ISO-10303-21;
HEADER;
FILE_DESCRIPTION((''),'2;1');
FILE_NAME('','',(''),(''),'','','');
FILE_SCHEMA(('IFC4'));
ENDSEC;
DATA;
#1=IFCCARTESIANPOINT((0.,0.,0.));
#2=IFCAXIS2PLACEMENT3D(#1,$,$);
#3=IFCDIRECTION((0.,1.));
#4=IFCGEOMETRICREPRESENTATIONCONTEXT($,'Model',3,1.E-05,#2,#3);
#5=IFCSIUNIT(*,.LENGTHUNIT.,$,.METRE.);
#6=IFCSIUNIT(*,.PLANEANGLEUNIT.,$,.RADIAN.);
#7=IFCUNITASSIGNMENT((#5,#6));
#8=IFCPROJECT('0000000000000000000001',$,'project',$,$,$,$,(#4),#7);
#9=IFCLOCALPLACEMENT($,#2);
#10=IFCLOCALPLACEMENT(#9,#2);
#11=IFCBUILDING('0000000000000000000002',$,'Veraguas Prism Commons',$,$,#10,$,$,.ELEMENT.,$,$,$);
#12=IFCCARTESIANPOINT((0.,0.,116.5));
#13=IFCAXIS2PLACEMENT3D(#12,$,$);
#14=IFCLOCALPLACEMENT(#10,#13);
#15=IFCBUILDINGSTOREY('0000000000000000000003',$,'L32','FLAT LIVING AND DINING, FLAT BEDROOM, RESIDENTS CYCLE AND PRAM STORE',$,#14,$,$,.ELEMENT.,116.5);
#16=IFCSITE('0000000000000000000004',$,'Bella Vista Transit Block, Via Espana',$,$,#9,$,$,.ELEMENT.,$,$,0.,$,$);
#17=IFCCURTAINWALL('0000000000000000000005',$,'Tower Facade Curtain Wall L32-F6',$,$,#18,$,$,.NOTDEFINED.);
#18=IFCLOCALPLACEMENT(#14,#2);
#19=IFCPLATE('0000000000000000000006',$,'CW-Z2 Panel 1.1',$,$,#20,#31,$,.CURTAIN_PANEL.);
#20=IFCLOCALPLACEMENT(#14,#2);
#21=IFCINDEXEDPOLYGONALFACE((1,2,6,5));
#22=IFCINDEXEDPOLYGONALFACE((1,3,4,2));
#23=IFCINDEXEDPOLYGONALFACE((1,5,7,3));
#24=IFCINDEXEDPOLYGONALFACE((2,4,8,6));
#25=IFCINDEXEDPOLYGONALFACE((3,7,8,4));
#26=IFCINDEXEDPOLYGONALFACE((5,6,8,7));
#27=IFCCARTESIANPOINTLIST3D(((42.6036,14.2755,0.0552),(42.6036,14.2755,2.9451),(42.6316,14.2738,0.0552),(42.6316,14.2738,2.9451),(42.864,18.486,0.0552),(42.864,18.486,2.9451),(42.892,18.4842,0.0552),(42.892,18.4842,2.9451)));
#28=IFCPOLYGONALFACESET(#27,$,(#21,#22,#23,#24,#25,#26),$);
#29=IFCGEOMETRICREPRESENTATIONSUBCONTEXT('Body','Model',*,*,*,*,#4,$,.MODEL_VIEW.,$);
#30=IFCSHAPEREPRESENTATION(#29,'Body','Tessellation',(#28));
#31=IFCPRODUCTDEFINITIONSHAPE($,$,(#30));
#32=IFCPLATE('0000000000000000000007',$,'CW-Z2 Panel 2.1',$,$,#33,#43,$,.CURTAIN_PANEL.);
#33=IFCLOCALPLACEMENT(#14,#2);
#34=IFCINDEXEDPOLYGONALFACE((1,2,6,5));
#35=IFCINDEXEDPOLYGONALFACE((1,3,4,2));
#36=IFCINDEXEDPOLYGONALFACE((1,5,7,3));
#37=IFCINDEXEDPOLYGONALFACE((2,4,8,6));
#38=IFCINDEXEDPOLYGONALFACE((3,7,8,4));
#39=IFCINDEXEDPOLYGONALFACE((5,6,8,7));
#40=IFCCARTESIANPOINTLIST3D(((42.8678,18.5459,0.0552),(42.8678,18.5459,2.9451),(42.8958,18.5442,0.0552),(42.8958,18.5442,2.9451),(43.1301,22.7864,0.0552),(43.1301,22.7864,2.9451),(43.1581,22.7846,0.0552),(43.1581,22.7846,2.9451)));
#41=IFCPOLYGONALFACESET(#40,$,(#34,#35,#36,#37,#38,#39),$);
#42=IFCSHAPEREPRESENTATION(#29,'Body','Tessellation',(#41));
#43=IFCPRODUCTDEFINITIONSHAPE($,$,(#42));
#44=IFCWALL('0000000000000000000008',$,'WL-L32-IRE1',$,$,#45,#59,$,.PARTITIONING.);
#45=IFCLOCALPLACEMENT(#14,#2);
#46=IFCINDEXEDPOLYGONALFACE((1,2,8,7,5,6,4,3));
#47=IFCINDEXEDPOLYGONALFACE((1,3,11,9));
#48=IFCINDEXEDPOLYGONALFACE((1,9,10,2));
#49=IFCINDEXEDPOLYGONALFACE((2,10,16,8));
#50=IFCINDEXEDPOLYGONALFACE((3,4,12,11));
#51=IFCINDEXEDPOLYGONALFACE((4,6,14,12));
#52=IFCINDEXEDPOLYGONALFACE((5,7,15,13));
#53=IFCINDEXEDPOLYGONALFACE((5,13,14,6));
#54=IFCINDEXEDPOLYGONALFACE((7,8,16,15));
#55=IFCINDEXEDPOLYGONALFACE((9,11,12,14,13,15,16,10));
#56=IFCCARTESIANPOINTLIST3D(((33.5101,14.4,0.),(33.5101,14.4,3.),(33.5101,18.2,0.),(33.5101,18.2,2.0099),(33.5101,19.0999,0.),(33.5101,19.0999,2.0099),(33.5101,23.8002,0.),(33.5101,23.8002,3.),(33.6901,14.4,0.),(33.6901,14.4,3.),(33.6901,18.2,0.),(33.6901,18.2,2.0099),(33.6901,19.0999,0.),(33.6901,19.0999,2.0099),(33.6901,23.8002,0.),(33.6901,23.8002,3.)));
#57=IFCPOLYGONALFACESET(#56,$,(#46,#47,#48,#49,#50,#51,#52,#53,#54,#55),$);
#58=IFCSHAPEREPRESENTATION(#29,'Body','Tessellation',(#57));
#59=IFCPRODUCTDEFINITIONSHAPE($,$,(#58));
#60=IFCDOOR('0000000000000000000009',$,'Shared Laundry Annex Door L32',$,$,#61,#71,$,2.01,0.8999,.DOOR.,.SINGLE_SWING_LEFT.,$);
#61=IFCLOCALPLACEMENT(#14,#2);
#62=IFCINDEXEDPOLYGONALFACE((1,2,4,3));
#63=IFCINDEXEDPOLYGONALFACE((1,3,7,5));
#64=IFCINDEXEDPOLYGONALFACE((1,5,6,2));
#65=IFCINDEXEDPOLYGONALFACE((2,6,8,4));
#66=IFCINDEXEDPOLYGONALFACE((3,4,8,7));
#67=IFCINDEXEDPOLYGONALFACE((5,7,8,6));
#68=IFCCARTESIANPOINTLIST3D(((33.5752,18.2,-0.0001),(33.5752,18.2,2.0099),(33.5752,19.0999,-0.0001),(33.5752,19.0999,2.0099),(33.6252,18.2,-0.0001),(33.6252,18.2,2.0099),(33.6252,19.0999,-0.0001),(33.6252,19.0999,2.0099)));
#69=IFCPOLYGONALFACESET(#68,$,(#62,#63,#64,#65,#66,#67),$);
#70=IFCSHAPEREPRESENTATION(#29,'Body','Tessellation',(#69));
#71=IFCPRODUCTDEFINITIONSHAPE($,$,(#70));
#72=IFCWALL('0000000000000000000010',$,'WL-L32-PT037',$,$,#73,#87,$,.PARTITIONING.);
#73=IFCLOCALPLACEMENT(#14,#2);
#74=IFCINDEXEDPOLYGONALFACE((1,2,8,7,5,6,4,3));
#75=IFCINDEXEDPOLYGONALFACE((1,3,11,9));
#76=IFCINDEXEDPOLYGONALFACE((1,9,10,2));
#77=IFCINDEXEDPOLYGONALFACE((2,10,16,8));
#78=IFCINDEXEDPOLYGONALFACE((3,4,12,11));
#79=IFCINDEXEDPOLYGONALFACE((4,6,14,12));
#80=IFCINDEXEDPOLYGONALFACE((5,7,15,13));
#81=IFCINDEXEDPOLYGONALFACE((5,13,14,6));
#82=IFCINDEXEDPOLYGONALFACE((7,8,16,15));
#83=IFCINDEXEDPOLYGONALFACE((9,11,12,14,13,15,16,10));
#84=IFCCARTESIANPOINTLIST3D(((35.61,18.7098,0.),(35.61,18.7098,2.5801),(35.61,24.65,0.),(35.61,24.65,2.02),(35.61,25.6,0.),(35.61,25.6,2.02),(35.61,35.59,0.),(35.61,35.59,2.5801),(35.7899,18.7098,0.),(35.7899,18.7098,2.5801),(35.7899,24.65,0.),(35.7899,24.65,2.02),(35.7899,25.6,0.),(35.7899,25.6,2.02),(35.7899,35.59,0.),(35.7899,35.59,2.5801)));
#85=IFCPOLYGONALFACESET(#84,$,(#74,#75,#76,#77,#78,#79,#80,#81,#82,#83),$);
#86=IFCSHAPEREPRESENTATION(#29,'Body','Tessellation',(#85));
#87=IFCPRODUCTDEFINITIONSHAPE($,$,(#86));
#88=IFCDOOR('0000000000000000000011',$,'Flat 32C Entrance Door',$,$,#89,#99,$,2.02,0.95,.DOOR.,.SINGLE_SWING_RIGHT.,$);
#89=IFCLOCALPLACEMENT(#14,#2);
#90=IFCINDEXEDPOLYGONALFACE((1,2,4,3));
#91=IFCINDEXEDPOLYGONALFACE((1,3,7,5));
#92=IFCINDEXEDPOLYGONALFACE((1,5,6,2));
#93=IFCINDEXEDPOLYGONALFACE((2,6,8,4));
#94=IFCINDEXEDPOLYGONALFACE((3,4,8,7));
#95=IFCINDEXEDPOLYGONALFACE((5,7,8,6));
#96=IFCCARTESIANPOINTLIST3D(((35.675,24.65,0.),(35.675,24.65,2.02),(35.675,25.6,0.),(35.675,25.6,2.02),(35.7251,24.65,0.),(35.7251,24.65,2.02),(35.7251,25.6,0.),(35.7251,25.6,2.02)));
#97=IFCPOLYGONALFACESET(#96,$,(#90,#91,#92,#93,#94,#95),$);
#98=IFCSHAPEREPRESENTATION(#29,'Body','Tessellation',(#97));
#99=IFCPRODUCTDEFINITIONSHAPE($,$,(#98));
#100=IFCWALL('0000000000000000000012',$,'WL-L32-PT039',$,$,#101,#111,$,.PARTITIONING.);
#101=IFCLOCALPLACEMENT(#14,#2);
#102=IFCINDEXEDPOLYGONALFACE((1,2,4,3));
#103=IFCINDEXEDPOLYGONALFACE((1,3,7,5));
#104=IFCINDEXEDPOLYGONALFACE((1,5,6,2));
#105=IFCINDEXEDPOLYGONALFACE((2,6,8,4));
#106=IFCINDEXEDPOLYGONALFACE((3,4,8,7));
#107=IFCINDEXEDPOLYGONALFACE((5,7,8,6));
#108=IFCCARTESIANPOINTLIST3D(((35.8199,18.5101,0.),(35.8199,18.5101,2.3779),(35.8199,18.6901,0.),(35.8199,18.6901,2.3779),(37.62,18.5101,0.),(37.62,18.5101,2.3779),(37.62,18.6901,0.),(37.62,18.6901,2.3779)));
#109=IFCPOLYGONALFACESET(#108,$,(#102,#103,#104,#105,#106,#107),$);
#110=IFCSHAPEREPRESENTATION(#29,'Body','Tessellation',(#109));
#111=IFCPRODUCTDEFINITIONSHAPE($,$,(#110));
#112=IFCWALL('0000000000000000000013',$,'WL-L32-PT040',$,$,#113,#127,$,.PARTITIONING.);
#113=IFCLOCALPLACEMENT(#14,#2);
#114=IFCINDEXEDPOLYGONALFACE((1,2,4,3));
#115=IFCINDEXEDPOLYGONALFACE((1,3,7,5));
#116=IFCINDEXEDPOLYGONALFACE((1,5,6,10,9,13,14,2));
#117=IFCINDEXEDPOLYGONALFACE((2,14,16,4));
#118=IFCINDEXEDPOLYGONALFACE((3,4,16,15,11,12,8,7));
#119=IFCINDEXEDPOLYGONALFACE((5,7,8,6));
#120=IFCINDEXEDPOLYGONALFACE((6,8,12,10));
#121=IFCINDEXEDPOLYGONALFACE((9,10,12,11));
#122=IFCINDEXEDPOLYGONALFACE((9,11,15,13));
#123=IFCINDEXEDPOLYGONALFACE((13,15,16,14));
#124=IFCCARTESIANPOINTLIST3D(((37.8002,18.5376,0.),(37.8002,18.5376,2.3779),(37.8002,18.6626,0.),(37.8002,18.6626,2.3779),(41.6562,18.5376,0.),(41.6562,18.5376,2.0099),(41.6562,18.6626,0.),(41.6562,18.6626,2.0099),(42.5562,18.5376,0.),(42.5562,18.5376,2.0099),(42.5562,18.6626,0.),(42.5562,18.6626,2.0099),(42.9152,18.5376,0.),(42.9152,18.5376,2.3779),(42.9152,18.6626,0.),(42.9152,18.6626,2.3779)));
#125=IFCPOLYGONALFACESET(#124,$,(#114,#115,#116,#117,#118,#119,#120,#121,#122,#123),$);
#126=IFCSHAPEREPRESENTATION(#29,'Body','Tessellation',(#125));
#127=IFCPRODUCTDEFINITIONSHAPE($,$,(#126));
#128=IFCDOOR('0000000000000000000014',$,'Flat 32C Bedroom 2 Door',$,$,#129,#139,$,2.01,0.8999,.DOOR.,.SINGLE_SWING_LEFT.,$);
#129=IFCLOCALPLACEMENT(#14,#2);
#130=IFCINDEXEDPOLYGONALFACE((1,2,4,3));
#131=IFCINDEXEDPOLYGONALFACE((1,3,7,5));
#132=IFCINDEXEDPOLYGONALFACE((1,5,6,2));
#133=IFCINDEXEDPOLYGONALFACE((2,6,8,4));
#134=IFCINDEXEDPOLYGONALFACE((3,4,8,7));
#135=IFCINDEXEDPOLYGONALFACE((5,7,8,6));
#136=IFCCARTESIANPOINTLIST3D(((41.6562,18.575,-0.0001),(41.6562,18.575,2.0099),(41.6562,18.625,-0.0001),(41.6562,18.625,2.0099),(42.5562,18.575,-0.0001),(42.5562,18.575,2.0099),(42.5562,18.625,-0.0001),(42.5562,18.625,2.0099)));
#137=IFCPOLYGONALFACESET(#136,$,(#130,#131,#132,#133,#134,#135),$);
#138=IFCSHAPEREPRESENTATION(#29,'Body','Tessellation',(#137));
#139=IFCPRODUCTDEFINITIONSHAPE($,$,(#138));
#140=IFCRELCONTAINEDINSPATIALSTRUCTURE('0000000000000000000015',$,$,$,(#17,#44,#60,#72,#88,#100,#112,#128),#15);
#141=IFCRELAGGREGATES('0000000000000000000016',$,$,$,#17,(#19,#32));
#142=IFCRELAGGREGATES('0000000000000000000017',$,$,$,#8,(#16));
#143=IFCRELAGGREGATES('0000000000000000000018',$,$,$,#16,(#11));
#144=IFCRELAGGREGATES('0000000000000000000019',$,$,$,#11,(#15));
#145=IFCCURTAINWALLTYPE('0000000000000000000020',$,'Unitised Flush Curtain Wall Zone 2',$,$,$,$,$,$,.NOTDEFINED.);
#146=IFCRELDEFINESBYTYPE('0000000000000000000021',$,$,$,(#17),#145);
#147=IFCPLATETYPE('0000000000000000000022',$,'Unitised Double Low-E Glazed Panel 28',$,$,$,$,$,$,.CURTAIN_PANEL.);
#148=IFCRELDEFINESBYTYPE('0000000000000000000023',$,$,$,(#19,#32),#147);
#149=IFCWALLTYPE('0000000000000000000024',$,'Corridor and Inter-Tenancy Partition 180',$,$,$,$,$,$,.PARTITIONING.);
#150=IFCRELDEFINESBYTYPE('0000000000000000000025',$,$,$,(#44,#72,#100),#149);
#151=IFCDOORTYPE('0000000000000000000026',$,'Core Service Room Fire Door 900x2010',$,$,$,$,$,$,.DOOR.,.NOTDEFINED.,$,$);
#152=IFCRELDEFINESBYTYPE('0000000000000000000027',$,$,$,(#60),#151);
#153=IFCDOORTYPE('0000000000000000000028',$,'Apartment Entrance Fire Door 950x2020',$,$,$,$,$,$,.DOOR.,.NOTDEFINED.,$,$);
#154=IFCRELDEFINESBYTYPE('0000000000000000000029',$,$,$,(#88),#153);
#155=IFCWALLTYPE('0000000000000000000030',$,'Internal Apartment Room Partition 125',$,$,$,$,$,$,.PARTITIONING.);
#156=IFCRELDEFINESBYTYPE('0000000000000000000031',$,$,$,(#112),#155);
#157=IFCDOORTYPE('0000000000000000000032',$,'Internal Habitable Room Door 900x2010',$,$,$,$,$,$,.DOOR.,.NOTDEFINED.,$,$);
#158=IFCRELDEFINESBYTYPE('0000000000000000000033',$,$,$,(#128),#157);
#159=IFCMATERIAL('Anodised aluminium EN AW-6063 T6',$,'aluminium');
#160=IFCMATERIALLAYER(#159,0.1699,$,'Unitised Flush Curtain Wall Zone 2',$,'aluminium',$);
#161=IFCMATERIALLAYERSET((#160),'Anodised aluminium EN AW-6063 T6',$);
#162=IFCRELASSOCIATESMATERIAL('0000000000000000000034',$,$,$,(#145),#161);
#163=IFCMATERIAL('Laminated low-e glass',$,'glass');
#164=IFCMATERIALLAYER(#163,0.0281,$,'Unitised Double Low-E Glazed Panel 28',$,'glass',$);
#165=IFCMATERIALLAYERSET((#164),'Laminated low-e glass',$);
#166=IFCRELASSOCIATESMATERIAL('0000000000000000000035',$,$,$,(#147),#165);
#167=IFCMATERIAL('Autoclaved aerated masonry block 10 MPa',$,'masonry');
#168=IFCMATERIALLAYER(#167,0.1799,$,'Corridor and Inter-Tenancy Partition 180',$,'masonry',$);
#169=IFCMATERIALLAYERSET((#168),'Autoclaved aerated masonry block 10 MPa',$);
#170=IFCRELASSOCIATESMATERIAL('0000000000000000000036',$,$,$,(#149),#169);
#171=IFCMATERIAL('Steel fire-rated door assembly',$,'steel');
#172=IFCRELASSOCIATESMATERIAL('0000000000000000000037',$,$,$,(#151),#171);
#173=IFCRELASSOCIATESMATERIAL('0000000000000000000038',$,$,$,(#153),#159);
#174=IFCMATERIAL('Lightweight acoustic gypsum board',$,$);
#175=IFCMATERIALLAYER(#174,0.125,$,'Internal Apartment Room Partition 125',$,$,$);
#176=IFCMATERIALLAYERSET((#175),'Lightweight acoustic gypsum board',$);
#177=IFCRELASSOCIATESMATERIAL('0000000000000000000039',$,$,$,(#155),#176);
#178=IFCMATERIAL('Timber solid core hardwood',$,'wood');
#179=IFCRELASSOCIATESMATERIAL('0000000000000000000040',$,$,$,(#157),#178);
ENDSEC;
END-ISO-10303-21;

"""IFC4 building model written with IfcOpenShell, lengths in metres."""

from ifc_helpers import new_model, si_unit, direction, frame, frame_2d, origin, origin_2d, place, context, subcontext, project, spatial, rectangle, extrude, source, transform, mapped, material, layer, layer_set, type_object, element, fill, aggregate, save


model = new_model("IFC4")

# Units and contexts
model_context = context("Model", 3, precision=1e-05, world=origin(), true_north=direction((0.0, 1.0)))
body_context = subcontext(model_context, "Body", "Model", "MODEL_VIEW")
ifc_project = project(units=[si_unit("LENGTHUNIT", "METRE"), si_unit("PLANEANGLEUNIT", "RADIAN")], contexts=[model_context])

# Site, building, storey
site_placement = place(None, origin())
site = spatial("IfcSite", under=ifc_project, at=site_placement, Name="Bella Vista Transit Block, Via Espana", CompositionType="ELEMENT", RefElevation=0.0)
building_placement = place(site_placement, origin())
building = spatial("IfcBuilding", under=site, at=building_placement, Name="Veraguas Prism Commons", CompositionType="ELEMENT")
storey_placement = place(building_placement, frame((0.0, 0.0, 116.5)))
storey = spatial("IfcBuildingStorey", under=building, at=storey_placement, Name="L32", Description="FLAT LIVING AND DINING, FLAT BEDROOM, RESIDENTS CYCLE AND PRAM STORE", CompositionType="ELEMENT", Elevation=116.5)

# Curtain wall, plates
ifc_material_1 = material(Name="Anodised aluminium EN AW-6063 T6", Category="aluminium")
ifc_layer_1 = layer(ifc_material_1, 0.1699, Name="Unitised Flush Curtain Wall Zone 2", Category="aluminium")
ifc_layer_set_1 = layer_set([ifc_layer_1], Name="Anodised aluminium EN AW-6063 T6")
curtain_wall_type = type_object("IfcCurtainWallType", Name="Unitised Flush Curtain Wall Zone 2", PredefinedType="NOTDEFINED", material=ifc_layer_set_1)
curtain_wall_placement = place(storey_placement, origin())
curtain_wall = element("IfcCurtainWall", 1, at=curtain_wall_placement, inside=storey, type_object=curtain_wall_type, Name="Tower Facade Curtain Wall L32-F6", PredefinedType="NOTDEFINED")
ifc_material_2 = material(Name="Laminated low-e glass", Category="glass")
ifc_layer_2 = layer(ifc_material_2, 0.0281, Name="Unitised Double Low-E Glazed Panel 28", Category="glass")
ifc_layer_set_2 = layer_set([ifc_layer_2], Name="Laminated low-e glass")
plate_type = type_object("IfcPlateType", Name="Unitised Double Low-E Glazed Panel 28", PredefinedType="CURTAIN_PANEL", material=ifc_layer_set_2)
shared_shape_1 = source(origin(), body_context, "Body", "SweptSolid", [
    extrude(rectangle(XDim=4.2185, YDim=0.0281, at=origin_2d()), origin(), (0.0, 0.0, 1.0), 2.8899),
])
plate_1_placement = place(storey_placement, frame((42.7478, 16.3799, 0.0552), z_axis=(0.0, 0.0, 1.0), x_axis=(0.061744, 0.998092, 0.0)))
plate_1 = element("IfcPlate", 2, at=plate_1_placement, type_object=plate_type, Name="CW-Z2 Panel 1.1", PredefinedType="CURTAIN_PANEL", context=body_context, shape_type="MappedRepresentation", body=[
    mapped(shared_shape_1, transform((0.0, 0.0, 0.0), scale=1.0)),
])
shared_shape_2 = source(origin(), body_context, "Body", "SweptSolid", [
    extrude(rectangle(XDim=4.2485, YDim=0.0281, at=origin_2d()), origin(), (0.0, 0.0, 1.0), 2.8899),
])
plate_2_placement = place(storey_placement, frame((43.0129, 20.6653, 0.0552), z_axis=(0.0, 0.0, 1.0), x_axis=(0.061744, 0.998092, 0.0)))
plate_2 = element("IfcPlate", 3, at=plate_2_placement, type_object=plate_type, Name="CW-Z2 Panel 2.1", PredefinedType="CURTAIN_PANEL", context=body_context, shape_type="MappedRepresentation", body=[
    mapped(shared_shape_2, transform((0.0, 0.0, 0.0), scale=1.0)),
])
aggregate(curtain_wall, [plate_1, plate_2])

# Walls, openings, doors
ifc_material_3 = material(Name="Autoclaved aerated masonry block 10 MPa", Category="masonry")
ifc_layer_3 = layer(ifc_material_3, 0.1799, Name="Corridor and Inter-Tenancy Partition 180", Category="masonry")
ifc_layer_set_3 = layer_set([ifc_layer_3], Name="Autoclaved aerated masonry block 10 MPa")
wall_type_1 = type_object("IfcWallType", Name="Corridor and Inter-Tenancy Partition 180", PredefinedType="PARTITIONING", material=ifc_layer_set_3)
wall_1_placement = place(storey_placement, frame((33.6001, 14.3999, 0.0), z_axis=(0.0, 0.0, 1.0), x_axis=(0.0, 1.0, 0.0)))
wall_1 = element("IfcWall", 4, at=wall_1_placement, inside=storey, type_object=wall_type_1, Name="WL-L32-IRE1", PredefinedType="PARTITIONING", context=body_context, shape_type="SweptSolid", body=[
    extrude(rectangle(XDim=9.4001, YDim=0.1799, at=frame_2d((4.7002, 0.0))), origin(), (0.0, 0.0, 1.0), 3.0),
])
opening_1_placement = place(wall_1_placement, frame((3.8, 0.0, 0.0)))
opening_1 = element("IfcOpeningElement", 5, at=opening_1_placement, cuts=wall_1, PredefinedType="OPENING", context=body_context, shape_type="SweptSolid", body=[
    extrude(rectangle(XDim=0.8999, YDim=2.01, at=frame_2d((0.45, 1.0049))), frame((0.0, 0.0999, 0.0), z_axis=(0.0, -1.0, 0.0), x_axis=(1.0, 0.0, 0.0)), (0.0, 0.0, 1.0), 0.2),
])
ifc_material_4 = material(Name="Steel fire-rated door assembly", Category="steel")
door_type_1 = type_object("IfcDoorType", Name="Core Service Room Fire Door 900x2010", OperationType="NOTDEFINED", PredefinedType="DOOR", material=ifc_material_4)
shared_shape_3 = source(origin(), body_context, "Body", "SweptSolid", [
    extrude(rectangle(XDim=0.8999, YDim=2.01, at=frame_2d((0.45, 1.0049))), frame((0.0, 0.0249, 0.0), z_axis=(0.0, -1.0, 0.0), x_axis=(1.0, 0.0, 0.0)), (0.0, 0.0, 1.0), 0.05),
])
door_1_placement = place(opening_1_placement, origin())
door_1 = element("IfcDoor", 6, at=door_1_placement, inside=storey, type_object=door_type_1, Name="Shared Laundry Annex Door L32", OperationType="SINGLE_SWING_LEFT", OverallHeight=2.01, OverallWidth=0.8999, PredefinedType="DOOR", context=body_context, shape_type="MappedRepresentation", body=[
    mapped(shared_shape_3, transform((0.0, 0.0, 0.0), scale=1.0)),
])
fill(opening_1, door_1)
wall_2_placement = place(storey_placement, frame((35.7, 18.71, 0.0), z_axis=(0.0, 0.0, 1.0), x_axis=(0.0, 1.0, 0.0)))
wall_2 = element("IfcWall", 7, at=wall_2_placement, inside=storey, type_object=wall_type_1, Name="WL-L32-PT037", PredefinedType="PARTITIONING", context=body_context, shape_type="SweptSolid", body=[
    extrude(rectangle(XDim=16.8801, YDim=0.1799, at=frame_2d((8.4399, 0.0))), origin(), (0.0, 0.0, 1.0), 2.5801),
])
opening_2_placement = place(wall_2_placement, frame((5.9399, 0.0, 0.0)))
opening_2 = element("IfcOpeningElement", 8, at=opening_2_placement, cuts=wall_2, PredefinedType="OPENING", context=body_context, shape_type="SweptSolid", body=[
    extrude(rectangle(XDim=0.95, YDim=2.02, at=frame_2d((0.4751, 1.01))), frame((0.0, 0.0999, 0.0), z_axis=(0.0, -1.0, 0.0), x_axis=(1.0, 0.0, 0.0)), (0.0, 0.0, 1.0), 0.2),
])
door_type_2 = type_object("IfcDoorType", Name="Apartment Entrance Fire Door 950x2020", OperationType="NOTDEFINED", PredefinedType="DOOR", material=ifc_material_1)
shared_shape_4 = source(origin(), body_context, "Body", "SweptSolid", [
    extrude(rectangle(XDim=0.95, YDim=2.02, at=frame_2d((0.4751, 1.01))), frame((0.0, 0.0249, 0.0), z_axis=(0.0, -1.0, 0.0), x_axis=(1.0, 0.0, 0.0)), (0.0, 0.0, 1.0), 0.05),
])
door_2_placement = place(opening_2_placement, origin())
door_2 = element("IfcDoor", 9, at=door_2_placement, inside=storey, type_object=door_type_2, Name="Flat 32C Entrance Door", OperationType="SINGLE_SWING_RIGHT", OverallHeight=2.02, OverallWidth=0.95, PredefinedType="DOOR", context=body_context, shape_type="MappedRepresentation", body=[
    mapped(shared_shape_4, transform((0.0, 0.0, 0.0), scale=1.0)),
])
fill(opening_2, door_2)

# Wall
wall_3_placement = place(storey_placement, frame((35.8201, 18.6001, 0.0), z_axis=(0.0, 0.0, 1.0), x_axis=(1.0, 0.0, 0.0)))
element("IfcWall", 10, at=wall_3_placement, inside=storey, type_object=wall_type_1, Name="WL-L32-PT039", PredefinedType="PARTITIONING", context=body_context, shape_type="SweptSolid", body=[
    extrude(rectangle(XDim=1.8, YDim=0.1799, at=frame_2d((0.8999, 0.0))), origin(), (0.0, 0.0, 1.0), 2.3779),
])

# Wall, opening, door
ifc_material_5 = material(Name="Lightweight acoustic gypsum board")
ifc_layer_4 = layer(ifc_material_5, 0.125, Name="Internal Apartment Room Partition 125")
ifc_layer_set_4 = layer_set([ifc_layer_4], Name="Lightweight acoustic gypsum board")
wall_type_2 = type_object("IfcWallType", Name="Internal Apartment Room Partition 125", PredefinedType="PARTITIONING", material=ifc_layer_set_4)
wall_4_placement = place(storey_placement, frame((37.8, 18.6001, 0.0), z_axis=(0.0, 0.0, 1.0), x_axis=(1.0, 0.0, 0.0)))
wall_4 = element("IfcWall", 11, at=wall_4_placement, inside=storey, type_object=wall_type_2, Name="WL-L32-PT040", PredefinedType="PARTITIONING", context=body_context, shape_type="SweptSolid", body=[
    extrude(rectangle(XDim=5.115, YDim=0.125, at=frame_2d((2.5576, 0.0))), origin(), (0.0, 0.0, 1.0), 2.3779),
])
opening_3_placement = place(wall_4_placement, frame((3.8562, 0.0, 0.0)))
opening_3 = element("IfcOpeningElement", 12, at=opening_3_placement, cuts=wall_4, PredefinedType="OPENING", context=body_context, shape_type="SweptSolid", body=[
    extrude(rectangle(XDim=0.8999, YDim=2.01, at=frame_2d((0.45, 1.0049))), frame((0.0, 0.0725, 0.0), z_axis=(0.0, -1.0, 0.0), x_axis=(1.0, 0.0, 0.0)), (0.0, 0.0, 1.0), 0.145),
])
ifc_material_6 = material(Name="Timber solid core hardwood", Category="wood")
door_type_3 = type_object("IfcDoorType", Name="Internal Habitable Room Door 900x2010", OperationType="NOTDEFINED", PredefinedType="DOOR", material=ifc_material_6)
door_3_placement = place(opening_3_placement, origin())
door_3 = element("IfcDoor", 13, at=door_3_placement, inside=storey, type_object=door_type_3, Name="Flat 32C Bedroom 2 Door", OperationType="SINGLE_SWING_LEFT", OverallHeight=2.01, OverallWidth=0.8999, PredefinedType="DOOR", context=body_context, shape_type="MappedRepresentation", body=[
    mapped(shared_shape_3, transform((0.0, 0.0, 0.0), scale=1.0)),
])
fill(opening_3, door_3)

save(model, "model.ifc")
